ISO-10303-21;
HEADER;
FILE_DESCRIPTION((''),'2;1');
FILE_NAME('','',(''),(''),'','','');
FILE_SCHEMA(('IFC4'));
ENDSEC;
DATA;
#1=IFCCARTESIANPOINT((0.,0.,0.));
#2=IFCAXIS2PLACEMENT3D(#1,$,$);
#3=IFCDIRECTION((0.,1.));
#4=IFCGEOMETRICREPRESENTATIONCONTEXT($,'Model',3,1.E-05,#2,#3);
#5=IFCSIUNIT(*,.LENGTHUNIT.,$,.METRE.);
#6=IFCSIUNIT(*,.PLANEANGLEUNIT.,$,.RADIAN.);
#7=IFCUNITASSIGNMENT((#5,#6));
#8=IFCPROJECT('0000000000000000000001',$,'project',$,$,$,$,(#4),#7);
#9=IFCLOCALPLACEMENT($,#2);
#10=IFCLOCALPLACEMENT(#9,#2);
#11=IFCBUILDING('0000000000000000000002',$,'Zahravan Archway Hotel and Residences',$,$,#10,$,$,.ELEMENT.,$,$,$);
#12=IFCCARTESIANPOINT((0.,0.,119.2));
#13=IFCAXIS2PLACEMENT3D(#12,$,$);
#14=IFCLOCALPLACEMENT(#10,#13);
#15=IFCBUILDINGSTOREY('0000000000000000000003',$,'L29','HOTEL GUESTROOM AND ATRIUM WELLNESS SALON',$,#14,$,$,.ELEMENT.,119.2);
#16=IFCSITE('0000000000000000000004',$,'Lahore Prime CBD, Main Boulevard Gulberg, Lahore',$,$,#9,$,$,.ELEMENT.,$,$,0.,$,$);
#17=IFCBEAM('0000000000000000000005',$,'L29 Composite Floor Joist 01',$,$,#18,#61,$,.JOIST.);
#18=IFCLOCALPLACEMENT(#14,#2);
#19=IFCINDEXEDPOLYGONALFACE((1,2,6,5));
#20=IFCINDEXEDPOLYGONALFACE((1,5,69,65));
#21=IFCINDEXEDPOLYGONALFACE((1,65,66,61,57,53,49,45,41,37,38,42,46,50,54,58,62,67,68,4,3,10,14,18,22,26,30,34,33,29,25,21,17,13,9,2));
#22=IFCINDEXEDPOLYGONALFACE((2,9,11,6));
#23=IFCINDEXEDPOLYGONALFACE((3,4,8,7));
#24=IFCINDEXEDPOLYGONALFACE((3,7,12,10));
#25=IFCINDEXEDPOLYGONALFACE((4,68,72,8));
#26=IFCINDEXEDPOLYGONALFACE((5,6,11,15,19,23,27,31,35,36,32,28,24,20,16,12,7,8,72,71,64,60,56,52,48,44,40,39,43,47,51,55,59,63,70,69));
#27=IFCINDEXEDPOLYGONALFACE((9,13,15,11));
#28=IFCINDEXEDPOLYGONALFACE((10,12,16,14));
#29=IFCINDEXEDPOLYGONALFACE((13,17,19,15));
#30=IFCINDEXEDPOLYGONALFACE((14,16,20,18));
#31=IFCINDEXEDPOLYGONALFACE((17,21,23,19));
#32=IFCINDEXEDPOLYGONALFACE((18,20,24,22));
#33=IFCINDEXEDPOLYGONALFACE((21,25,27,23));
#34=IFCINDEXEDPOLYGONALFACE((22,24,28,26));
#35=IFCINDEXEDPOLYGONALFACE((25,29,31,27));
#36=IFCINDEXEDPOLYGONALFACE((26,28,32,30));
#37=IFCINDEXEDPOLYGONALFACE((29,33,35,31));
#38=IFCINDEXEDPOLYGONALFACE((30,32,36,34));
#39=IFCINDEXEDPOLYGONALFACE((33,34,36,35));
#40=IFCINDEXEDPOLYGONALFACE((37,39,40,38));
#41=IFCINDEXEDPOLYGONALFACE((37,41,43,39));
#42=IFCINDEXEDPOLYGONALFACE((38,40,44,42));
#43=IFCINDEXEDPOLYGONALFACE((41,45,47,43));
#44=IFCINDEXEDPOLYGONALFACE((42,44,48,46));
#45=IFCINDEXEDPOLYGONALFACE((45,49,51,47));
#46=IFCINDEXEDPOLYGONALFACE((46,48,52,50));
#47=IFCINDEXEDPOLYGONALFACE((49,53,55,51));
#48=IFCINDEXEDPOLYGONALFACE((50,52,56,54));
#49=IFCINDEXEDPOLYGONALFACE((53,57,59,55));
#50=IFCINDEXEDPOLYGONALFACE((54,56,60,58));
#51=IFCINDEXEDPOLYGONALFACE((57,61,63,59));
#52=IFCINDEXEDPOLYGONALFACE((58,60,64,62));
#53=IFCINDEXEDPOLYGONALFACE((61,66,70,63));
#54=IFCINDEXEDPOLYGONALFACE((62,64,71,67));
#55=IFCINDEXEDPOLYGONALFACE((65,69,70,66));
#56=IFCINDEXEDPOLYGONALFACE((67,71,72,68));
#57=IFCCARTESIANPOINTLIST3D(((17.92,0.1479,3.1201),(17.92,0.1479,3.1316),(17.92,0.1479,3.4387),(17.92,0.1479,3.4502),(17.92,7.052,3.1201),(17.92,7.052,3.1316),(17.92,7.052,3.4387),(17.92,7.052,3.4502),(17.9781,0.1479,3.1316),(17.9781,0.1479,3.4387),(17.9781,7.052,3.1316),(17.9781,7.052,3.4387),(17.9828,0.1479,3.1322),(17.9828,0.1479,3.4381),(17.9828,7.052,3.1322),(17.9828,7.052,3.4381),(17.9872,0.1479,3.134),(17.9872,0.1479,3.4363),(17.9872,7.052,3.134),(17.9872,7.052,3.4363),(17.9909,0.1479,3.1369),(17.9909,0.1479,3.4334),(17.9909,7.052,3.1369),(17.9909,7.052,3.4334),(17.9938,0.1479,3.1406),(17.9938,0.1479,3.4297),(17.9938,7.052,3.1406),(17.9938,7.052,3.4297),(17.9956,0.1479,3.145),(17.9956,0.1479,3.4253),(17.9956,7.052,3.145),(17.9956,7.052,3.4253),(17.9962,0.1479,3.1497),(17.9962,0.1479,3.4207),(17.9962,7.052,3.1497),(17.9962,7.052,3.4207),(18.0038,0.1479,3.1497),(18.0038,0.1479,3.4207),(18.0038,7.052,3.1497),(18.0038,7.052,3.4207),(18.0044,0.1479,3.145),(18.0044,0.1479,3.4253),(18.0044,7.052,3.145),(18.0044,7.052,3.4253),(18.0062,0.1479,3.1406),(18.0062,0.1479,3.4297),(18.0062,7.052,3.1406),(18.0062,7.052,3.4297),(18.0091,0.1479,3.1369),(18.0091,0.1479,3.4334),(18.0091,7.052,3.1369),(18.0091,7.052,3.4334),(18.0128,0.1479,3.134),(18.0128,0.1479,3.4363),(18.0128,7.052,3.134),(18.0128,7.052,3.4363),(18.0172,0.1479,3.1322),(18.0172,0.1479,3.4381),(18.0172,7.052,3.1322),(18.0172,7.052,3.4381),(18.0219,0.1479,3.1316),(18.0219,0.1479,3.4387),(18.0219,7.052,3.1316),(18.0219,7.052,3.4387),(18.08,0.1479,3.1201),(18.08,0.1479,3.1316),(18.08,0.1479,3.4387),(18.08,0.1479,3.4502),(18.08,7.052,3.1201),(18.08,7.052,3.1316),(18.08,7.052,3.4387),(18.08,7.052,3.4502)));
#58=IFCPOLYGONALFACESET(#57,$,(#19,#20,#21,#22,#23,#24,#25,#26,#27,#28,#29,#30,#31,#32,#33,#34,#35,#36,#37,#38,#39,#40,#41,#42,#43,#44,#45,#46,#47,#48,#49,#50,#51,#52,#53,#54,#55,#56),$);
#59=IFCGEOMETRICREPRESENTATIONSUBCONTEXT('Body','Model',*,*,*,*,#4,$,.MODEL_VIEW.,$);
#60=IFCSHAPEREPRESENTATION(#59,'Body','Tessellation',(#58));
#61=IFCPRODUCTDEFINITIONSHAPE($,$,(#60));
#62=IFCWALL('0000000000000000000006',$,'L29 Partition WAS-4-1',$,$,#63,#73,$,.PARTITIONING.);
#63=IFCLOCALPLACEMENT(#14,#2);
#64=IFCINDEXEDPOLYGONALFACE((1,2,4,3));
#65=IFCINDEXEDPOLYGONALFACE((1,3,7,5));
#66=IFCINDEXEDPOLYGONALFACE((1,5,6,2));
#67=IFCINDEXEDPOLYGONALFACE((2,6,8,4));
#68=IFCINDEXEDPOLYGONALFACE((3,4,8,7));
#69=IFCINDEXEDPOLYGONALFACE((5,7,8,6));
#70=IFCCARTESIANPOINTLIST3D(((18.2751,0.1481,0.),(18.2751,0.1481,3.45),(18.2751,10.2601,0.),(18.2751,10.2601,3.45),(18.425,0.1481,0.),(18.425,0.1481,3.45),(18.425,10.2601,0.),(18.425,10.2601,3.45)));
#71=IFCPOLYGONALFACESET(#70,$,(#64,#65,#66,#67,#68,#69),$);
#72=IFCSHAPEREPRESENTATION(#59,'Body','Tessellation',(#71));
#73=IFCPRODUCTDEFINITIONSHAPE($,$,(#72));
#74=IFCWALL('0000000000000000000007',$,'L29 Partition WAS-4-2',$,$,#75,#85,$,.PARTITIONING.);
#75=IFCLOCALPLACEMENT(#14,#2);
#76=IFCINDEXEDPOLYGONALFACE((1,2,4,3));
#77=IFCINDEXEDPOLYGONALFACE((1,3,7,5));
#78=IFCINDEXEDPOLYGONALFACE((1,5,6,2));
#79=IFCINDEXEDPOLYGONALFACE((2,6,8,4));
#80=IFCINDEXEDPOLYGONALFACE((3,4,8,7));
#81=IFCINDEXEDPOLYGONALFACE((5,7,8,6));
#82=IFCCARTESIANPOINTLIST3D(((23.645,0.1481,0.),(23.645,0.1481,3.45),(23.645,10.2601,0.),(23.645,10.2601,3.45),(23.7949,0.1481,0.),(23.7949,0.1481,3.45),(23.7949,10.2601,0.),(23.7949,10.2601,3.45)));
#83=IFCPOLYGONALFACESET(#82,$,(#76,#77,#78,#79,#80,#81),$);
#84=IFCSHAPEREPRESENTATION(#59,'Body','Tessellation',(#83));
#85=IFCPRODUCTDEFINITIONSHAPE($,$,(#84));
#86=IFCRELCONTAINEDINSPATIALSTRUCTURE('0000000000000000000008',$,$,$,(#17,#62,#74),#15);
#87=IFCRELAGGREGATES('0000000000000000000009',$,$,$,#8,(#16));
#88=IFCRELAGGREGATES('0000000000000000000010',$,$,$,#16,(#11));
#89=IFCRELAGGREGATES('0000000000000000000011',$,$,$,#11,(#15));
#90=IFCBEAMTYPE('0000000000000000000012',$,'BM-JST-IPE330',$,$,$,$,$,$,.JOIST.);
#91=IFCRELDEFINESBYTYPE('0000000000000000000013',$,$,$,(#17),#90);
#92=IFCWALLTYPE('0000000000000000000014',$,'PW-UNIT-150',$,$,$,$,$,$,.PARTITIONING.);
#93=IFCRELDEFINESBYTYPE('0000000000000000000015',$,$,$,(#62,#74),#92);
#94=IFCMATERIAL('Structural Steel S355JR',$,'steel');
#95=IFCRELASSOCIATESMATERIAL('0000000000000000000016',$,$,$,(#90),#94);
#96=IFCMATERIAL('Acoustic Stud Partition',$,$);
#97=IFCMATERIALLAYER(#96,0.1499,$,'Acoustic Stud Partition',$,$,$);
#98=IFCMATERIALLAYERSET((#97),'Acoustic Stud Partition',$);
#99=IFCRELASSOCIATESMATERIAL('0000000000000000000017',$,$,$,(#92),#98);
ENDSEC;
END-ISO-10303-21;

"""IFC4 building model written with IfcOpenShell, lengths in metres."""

from ifc_helpers import new_model, si_unit, direction, frame, frame_2d, origin, origin_2d, place, context, subcontext, project, spatial, rectangle, i_section, extrude, source, transform, mapped, material, layer, layer_set, material_profile, profile_set, type_object, type_shapes, element, save


model = new_model("IFC4")

# Units and contexts
model_context = context("Model", 3, precision=1e-05, world=origin(), true_north=direction((0.0, 1.0)))
body_context = subcontext(model_context, "Body", "Model", "MODEL_VIEW")
ifc_project = project(units=[si_unit("LENGTHUNIT", "METRE"), si_unit("PLANEANGLEUNIT", "RADIAN")], contexts=[model_context])

# Site, building, storey
site_placement = place(None, origin())
site = spatial("IfcSite", under=ifc_project, at=site_placement, Name="Lahore Prime CBD, Main Boulevard Gulberg, Lahore", CompositionType="ELEMENT", RefElevation=0.0)
building_placement = place(site_placement, origin())
building = spatial("IfcBuilding", under=site, at=building_placement, Name="Zahravan Archway Hotel and Residences", CompositionType="ELEMENT")
storey_placement = place(building_placement, frame((0.0, 0.0, 119.2)))
storey = spatial("IfcBuildingStorey", under=building, at=storey_placement, Name="L29", Description="HOTEL GUESTROOM AND ATRIUM WELLNESS SALON", CompositionType="ELEMENT", Elevation=119.2)

# Beam
ifc_material_1 = material(Name="Structural Steel S355JR", Category="steel")
ifc_material_profile_1 = material_profile(ifc_material_1, i_section(OverallWidth=0.1599, OverallDepth=0.3301, WebThickness=0.0076, FlangeThickness=0.0115, FilletRadius=0.0181, at=origin_2d()), Name="IPE 330", Category="steel")
ifc_profile_set_1 = profile_set([ifc_material_profile_1], Name="Structural Steel S355JR")
beam_type_1 = type_object("IfcBeamType", Name="BM-JST-IPE330", PredefinedType="JOIST", material=ifc_profile_set_1)
shared_shape_1 = source(origin(), body_context, "Body", "SweptSolid", [
    extrude(i_section(OverallWidth=0.1599, OverallDepth=0.3301, WebThickness=0.0076, FlangeThickness=0.0115, FilletRadius=0.0181, at=origin_2d()), origin(), (0.0, 0.0, 1.0), 6.9041),
])
type_shapes(beam_type_1, [shared_shape_1])
beam_1_placement = place(storey_placement, frame((18.0, 0.1479, 3.2852), z_axis=(0.0, 1.0, 0.0), x_axis=(-1.0, 0.0, 0.0)))
element("IfcBeam", 1, at=beam_1_placement, inside=storey, type_object=beam_type_1, Name="L29 Composite Floor Joist 01", PredefinedType="JOIST", context=body_context, shape_type="MappedRepresentation", body=[
    mapped(shared_shape_1, transform((0.0, 0.0, 0.0), scale=1.0)),
])

# Walls
ifc_material_2 = material(Name="Acoustic Stud Partition")
ifc_layer = layer(ifc_material_2, 0.1499, Name="Acoustic Stud Partition")
ifc_layer_set = layer_set([ifc_layer], Name="Acoustic Stud Partition")
wall_type = type_object("IfcWallType", Name="PW-UNIT-150", PredefinedType="PARTITIONING", material=ifc_layer_set)
for number, where, z_axis, x_axis, name in (
    (2, (18.3501, 0.1479, 0.0), (0.0, 0.0, 1.0), (0.0, 1.0, 0.0), "L29 Partition WAS-4-1"),
    (3, (23.72, 0.1479, 0.0), (0.0, 0.0, 1.0), (0.0, 1.0, 0.0), "L29 Partition WAS-4-2"),
):
    element("IfcWall", number, at=place(storey_placement, frame(where, z_axis=z_axis, x_axis=x_axis)), inside=storey, type_object=wall_type, Name=name, PredefinedType="PARTITIONING", context=body_context, shape_type="SweptSolid", body=[
        extrude(rectangle(XDim=10.1121, YDim=0.1499, at=frame_2d((5.0562, 0.0))), origin(), (0.0, 0.0, 1.0), 3.45),
    ])

save(model, "model.ifc")
